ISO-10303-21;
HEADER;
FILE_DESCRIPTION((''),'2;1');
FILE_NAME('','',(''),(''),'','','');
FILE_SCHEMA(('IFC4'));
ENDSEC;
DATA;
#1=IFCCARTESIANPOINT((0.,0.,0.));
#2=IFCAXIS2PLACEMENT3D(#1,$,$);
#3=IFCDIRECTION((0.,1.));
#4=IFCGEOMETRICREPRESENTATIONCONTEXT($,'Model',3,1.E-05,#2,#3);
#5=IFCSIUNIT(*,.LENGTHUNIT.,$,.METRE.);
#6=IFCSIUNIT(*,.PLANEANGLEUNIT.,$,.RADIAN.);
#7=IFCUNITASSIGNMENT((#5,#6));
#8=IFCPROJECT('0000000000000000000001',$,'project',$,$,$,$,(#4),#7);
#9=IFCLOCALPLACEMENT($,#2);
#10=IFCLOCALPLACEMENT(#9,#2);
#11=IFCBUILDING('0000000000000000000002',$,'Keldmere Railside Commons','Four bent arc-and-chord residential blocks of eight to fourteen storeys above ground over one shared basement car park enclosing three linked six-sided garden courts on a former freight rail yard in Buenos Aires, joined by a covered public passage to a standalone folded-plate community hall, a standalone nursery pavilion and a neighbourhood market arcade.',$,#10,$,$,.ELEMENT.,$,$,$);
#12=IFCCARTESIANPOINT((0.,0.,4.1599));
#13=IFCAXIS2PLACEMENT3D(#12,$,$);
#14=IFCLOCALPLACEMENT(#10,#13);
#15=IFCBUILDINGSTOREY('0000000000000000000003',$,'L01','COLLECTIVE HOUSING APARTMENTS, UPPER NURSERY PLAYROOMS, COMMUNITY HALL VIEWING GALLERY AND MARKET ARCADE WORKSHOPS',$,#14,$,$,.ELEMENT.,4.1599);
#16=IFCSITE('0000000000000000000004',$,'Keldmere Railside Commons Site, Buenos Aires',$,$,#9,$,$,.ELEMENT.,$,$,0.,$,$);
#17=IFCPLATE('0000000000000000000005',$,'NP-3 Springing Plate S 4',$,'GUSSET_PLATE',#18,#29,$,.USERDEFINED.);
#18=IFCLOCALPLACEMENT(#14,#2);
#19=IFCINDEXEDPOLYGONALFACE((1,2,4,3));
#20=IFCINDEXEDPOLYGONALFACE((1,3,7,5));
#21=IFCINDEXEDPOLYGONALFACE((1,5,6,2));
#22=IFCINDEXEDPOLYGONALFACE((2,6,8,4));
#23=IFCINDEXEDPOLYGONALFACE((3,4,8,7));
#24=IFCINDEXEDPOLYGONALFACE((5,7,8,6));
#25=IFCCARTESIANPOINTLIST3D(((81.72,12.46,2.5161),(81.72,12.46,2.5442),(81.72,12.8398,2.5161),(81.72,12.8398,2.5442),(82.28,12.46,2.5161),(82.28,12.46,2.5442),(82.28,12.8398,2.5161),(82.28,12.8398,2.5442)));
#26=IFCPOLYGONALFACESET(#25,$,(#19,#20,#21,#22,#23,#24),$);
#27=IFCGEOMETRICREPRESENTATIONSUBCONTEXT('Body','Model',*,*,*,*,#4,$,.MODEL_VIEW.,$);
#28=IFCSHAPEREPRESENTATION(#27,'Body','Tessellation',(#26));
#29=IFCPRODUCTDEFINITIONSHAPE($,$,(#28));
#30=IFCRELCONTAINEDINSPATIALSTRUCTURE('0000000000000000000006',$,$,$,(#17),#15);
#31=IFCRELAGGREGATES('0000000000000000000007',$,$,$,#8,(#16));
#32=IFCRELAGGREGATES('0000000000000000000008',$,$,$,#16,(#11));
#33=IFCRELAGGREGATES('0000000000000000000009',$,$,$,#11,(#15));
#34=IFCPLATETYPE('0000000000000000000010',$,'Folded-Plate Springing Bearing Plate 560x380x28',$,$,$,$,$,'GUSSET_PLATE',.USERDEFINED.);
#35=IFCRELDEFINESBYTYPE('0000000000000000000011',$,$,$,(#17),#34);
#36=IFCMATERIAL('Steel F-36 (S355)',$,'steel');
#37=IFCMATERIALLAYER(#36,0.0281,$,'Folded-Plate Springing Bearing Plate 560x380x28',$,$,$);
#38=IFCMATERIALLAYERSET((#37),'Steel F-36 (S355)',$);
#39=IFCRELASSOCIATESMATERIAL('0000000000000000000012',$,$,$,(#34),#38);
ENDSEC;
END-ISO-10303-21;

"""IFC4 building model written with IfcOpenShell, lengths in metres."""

from ifc_helpers import new_model, si_unit, direction, frame, origin, origin_2d, place, context, subcontext, project, spatial, rectangle, extrude, material, layer, layer_set, type_object, element, save


model = new_model("IFC4")

# Units and contexts
model_context = context("Model", 3, precision=1e-05, world=origin(), true_north=direction((0.0, 1.0)))
body_context = subcontext(model_context, "Body", "Model", "MODEL_VIEW")
ifc_project = project(units=[si_unit("LENGTHUNIT", "METRE"), si_unit("PLANEANGLEUNIT", "RADIAN")], contexts=[model_context])

# Site, building, storey
site_placement = place(None, origin())
site = spatial("IfcSite", under=ifc_project, at=site_placement, Name="Keldmere Railside Commons Site, Buenos Aires", CompositionType="ELEMENT", RefElevation=0.0)
building_placement = place(site_placement, origin())
building = spatial("IfcBuilding", under=site, at=building_placement, Name="Keldmere Railside Commons", Description="Four bent arc-and-chord residential blocks of eight to fourteen storeys above ground over one shared basement car park enclosing three linked six-sided garden courts on a former freight rail yard in Buenos Aires, joined by a covered public passage to a standalone folded-plate community hall, a standalone nursery pavilion and a neighbourhood market arcade.", CompositionType="ELEMENT")
storey_placement = place(building_placement, frame((0.0, 0.0, 4.1599)))
storey = spatial("IfcBuildingStorey", under=building, at=storey_placement, Name="L01", Description="COLLECTIVE HOUSING APARTMENTS, UPPER NURSERY PLAYROOMS, COMMUNITY HALL VIEWING GALLERY AND MARKET ARCADE WORKSHOPS", CompositionType="ELEMENT", Elevation=4.1599)

# Shared definitions
ifc_material = material(Name="Steel F-36 (S355)", Category="steel")

# Plate
ifc_layer_1 = layer(ifc_material, 0.0281, Name="Folded-Plate Springing Bearing Plate 560x380x28")
ifc_layer_set_1 = layer_set([ifc_layer_1], Name="Steel F-36 (S355)")
plate_type_1 = type_object("IfcPlateType", Name="Folded-Plate Springing Bearing Plate 560x380x28", ElementType="GUSSET_PLATE", PredefinedType="USERDEFINED", material=ifc_layer_set_1)
for number, where, z_axis, x_axis, name in (
    (1, (82.0, 12.6499, 2.5161), (0.0, 0.0, 1.0), (1.0, 0.0, 0.0), "NP-3 Springing Plate S 4"),
):
    element("IfcPlate", number, at=place(storey_placement, frame(where, z_axis=z_axis, x_axis=x_axis)), inside=storey, type_object=plate_type_1, Name=name, ObjectType="GUSSET_PLATE", PredefinedType="USERDEFINED", context=body_context, shape_type="SweptSolid", body=[
        extrude(rectangle(XDim=0.5601, YDim=0.3799, at=origin_2d()), origin(), (0.0, 0.0, 1.0), 0.0281),
    ])

save(model, "model.ifc")
